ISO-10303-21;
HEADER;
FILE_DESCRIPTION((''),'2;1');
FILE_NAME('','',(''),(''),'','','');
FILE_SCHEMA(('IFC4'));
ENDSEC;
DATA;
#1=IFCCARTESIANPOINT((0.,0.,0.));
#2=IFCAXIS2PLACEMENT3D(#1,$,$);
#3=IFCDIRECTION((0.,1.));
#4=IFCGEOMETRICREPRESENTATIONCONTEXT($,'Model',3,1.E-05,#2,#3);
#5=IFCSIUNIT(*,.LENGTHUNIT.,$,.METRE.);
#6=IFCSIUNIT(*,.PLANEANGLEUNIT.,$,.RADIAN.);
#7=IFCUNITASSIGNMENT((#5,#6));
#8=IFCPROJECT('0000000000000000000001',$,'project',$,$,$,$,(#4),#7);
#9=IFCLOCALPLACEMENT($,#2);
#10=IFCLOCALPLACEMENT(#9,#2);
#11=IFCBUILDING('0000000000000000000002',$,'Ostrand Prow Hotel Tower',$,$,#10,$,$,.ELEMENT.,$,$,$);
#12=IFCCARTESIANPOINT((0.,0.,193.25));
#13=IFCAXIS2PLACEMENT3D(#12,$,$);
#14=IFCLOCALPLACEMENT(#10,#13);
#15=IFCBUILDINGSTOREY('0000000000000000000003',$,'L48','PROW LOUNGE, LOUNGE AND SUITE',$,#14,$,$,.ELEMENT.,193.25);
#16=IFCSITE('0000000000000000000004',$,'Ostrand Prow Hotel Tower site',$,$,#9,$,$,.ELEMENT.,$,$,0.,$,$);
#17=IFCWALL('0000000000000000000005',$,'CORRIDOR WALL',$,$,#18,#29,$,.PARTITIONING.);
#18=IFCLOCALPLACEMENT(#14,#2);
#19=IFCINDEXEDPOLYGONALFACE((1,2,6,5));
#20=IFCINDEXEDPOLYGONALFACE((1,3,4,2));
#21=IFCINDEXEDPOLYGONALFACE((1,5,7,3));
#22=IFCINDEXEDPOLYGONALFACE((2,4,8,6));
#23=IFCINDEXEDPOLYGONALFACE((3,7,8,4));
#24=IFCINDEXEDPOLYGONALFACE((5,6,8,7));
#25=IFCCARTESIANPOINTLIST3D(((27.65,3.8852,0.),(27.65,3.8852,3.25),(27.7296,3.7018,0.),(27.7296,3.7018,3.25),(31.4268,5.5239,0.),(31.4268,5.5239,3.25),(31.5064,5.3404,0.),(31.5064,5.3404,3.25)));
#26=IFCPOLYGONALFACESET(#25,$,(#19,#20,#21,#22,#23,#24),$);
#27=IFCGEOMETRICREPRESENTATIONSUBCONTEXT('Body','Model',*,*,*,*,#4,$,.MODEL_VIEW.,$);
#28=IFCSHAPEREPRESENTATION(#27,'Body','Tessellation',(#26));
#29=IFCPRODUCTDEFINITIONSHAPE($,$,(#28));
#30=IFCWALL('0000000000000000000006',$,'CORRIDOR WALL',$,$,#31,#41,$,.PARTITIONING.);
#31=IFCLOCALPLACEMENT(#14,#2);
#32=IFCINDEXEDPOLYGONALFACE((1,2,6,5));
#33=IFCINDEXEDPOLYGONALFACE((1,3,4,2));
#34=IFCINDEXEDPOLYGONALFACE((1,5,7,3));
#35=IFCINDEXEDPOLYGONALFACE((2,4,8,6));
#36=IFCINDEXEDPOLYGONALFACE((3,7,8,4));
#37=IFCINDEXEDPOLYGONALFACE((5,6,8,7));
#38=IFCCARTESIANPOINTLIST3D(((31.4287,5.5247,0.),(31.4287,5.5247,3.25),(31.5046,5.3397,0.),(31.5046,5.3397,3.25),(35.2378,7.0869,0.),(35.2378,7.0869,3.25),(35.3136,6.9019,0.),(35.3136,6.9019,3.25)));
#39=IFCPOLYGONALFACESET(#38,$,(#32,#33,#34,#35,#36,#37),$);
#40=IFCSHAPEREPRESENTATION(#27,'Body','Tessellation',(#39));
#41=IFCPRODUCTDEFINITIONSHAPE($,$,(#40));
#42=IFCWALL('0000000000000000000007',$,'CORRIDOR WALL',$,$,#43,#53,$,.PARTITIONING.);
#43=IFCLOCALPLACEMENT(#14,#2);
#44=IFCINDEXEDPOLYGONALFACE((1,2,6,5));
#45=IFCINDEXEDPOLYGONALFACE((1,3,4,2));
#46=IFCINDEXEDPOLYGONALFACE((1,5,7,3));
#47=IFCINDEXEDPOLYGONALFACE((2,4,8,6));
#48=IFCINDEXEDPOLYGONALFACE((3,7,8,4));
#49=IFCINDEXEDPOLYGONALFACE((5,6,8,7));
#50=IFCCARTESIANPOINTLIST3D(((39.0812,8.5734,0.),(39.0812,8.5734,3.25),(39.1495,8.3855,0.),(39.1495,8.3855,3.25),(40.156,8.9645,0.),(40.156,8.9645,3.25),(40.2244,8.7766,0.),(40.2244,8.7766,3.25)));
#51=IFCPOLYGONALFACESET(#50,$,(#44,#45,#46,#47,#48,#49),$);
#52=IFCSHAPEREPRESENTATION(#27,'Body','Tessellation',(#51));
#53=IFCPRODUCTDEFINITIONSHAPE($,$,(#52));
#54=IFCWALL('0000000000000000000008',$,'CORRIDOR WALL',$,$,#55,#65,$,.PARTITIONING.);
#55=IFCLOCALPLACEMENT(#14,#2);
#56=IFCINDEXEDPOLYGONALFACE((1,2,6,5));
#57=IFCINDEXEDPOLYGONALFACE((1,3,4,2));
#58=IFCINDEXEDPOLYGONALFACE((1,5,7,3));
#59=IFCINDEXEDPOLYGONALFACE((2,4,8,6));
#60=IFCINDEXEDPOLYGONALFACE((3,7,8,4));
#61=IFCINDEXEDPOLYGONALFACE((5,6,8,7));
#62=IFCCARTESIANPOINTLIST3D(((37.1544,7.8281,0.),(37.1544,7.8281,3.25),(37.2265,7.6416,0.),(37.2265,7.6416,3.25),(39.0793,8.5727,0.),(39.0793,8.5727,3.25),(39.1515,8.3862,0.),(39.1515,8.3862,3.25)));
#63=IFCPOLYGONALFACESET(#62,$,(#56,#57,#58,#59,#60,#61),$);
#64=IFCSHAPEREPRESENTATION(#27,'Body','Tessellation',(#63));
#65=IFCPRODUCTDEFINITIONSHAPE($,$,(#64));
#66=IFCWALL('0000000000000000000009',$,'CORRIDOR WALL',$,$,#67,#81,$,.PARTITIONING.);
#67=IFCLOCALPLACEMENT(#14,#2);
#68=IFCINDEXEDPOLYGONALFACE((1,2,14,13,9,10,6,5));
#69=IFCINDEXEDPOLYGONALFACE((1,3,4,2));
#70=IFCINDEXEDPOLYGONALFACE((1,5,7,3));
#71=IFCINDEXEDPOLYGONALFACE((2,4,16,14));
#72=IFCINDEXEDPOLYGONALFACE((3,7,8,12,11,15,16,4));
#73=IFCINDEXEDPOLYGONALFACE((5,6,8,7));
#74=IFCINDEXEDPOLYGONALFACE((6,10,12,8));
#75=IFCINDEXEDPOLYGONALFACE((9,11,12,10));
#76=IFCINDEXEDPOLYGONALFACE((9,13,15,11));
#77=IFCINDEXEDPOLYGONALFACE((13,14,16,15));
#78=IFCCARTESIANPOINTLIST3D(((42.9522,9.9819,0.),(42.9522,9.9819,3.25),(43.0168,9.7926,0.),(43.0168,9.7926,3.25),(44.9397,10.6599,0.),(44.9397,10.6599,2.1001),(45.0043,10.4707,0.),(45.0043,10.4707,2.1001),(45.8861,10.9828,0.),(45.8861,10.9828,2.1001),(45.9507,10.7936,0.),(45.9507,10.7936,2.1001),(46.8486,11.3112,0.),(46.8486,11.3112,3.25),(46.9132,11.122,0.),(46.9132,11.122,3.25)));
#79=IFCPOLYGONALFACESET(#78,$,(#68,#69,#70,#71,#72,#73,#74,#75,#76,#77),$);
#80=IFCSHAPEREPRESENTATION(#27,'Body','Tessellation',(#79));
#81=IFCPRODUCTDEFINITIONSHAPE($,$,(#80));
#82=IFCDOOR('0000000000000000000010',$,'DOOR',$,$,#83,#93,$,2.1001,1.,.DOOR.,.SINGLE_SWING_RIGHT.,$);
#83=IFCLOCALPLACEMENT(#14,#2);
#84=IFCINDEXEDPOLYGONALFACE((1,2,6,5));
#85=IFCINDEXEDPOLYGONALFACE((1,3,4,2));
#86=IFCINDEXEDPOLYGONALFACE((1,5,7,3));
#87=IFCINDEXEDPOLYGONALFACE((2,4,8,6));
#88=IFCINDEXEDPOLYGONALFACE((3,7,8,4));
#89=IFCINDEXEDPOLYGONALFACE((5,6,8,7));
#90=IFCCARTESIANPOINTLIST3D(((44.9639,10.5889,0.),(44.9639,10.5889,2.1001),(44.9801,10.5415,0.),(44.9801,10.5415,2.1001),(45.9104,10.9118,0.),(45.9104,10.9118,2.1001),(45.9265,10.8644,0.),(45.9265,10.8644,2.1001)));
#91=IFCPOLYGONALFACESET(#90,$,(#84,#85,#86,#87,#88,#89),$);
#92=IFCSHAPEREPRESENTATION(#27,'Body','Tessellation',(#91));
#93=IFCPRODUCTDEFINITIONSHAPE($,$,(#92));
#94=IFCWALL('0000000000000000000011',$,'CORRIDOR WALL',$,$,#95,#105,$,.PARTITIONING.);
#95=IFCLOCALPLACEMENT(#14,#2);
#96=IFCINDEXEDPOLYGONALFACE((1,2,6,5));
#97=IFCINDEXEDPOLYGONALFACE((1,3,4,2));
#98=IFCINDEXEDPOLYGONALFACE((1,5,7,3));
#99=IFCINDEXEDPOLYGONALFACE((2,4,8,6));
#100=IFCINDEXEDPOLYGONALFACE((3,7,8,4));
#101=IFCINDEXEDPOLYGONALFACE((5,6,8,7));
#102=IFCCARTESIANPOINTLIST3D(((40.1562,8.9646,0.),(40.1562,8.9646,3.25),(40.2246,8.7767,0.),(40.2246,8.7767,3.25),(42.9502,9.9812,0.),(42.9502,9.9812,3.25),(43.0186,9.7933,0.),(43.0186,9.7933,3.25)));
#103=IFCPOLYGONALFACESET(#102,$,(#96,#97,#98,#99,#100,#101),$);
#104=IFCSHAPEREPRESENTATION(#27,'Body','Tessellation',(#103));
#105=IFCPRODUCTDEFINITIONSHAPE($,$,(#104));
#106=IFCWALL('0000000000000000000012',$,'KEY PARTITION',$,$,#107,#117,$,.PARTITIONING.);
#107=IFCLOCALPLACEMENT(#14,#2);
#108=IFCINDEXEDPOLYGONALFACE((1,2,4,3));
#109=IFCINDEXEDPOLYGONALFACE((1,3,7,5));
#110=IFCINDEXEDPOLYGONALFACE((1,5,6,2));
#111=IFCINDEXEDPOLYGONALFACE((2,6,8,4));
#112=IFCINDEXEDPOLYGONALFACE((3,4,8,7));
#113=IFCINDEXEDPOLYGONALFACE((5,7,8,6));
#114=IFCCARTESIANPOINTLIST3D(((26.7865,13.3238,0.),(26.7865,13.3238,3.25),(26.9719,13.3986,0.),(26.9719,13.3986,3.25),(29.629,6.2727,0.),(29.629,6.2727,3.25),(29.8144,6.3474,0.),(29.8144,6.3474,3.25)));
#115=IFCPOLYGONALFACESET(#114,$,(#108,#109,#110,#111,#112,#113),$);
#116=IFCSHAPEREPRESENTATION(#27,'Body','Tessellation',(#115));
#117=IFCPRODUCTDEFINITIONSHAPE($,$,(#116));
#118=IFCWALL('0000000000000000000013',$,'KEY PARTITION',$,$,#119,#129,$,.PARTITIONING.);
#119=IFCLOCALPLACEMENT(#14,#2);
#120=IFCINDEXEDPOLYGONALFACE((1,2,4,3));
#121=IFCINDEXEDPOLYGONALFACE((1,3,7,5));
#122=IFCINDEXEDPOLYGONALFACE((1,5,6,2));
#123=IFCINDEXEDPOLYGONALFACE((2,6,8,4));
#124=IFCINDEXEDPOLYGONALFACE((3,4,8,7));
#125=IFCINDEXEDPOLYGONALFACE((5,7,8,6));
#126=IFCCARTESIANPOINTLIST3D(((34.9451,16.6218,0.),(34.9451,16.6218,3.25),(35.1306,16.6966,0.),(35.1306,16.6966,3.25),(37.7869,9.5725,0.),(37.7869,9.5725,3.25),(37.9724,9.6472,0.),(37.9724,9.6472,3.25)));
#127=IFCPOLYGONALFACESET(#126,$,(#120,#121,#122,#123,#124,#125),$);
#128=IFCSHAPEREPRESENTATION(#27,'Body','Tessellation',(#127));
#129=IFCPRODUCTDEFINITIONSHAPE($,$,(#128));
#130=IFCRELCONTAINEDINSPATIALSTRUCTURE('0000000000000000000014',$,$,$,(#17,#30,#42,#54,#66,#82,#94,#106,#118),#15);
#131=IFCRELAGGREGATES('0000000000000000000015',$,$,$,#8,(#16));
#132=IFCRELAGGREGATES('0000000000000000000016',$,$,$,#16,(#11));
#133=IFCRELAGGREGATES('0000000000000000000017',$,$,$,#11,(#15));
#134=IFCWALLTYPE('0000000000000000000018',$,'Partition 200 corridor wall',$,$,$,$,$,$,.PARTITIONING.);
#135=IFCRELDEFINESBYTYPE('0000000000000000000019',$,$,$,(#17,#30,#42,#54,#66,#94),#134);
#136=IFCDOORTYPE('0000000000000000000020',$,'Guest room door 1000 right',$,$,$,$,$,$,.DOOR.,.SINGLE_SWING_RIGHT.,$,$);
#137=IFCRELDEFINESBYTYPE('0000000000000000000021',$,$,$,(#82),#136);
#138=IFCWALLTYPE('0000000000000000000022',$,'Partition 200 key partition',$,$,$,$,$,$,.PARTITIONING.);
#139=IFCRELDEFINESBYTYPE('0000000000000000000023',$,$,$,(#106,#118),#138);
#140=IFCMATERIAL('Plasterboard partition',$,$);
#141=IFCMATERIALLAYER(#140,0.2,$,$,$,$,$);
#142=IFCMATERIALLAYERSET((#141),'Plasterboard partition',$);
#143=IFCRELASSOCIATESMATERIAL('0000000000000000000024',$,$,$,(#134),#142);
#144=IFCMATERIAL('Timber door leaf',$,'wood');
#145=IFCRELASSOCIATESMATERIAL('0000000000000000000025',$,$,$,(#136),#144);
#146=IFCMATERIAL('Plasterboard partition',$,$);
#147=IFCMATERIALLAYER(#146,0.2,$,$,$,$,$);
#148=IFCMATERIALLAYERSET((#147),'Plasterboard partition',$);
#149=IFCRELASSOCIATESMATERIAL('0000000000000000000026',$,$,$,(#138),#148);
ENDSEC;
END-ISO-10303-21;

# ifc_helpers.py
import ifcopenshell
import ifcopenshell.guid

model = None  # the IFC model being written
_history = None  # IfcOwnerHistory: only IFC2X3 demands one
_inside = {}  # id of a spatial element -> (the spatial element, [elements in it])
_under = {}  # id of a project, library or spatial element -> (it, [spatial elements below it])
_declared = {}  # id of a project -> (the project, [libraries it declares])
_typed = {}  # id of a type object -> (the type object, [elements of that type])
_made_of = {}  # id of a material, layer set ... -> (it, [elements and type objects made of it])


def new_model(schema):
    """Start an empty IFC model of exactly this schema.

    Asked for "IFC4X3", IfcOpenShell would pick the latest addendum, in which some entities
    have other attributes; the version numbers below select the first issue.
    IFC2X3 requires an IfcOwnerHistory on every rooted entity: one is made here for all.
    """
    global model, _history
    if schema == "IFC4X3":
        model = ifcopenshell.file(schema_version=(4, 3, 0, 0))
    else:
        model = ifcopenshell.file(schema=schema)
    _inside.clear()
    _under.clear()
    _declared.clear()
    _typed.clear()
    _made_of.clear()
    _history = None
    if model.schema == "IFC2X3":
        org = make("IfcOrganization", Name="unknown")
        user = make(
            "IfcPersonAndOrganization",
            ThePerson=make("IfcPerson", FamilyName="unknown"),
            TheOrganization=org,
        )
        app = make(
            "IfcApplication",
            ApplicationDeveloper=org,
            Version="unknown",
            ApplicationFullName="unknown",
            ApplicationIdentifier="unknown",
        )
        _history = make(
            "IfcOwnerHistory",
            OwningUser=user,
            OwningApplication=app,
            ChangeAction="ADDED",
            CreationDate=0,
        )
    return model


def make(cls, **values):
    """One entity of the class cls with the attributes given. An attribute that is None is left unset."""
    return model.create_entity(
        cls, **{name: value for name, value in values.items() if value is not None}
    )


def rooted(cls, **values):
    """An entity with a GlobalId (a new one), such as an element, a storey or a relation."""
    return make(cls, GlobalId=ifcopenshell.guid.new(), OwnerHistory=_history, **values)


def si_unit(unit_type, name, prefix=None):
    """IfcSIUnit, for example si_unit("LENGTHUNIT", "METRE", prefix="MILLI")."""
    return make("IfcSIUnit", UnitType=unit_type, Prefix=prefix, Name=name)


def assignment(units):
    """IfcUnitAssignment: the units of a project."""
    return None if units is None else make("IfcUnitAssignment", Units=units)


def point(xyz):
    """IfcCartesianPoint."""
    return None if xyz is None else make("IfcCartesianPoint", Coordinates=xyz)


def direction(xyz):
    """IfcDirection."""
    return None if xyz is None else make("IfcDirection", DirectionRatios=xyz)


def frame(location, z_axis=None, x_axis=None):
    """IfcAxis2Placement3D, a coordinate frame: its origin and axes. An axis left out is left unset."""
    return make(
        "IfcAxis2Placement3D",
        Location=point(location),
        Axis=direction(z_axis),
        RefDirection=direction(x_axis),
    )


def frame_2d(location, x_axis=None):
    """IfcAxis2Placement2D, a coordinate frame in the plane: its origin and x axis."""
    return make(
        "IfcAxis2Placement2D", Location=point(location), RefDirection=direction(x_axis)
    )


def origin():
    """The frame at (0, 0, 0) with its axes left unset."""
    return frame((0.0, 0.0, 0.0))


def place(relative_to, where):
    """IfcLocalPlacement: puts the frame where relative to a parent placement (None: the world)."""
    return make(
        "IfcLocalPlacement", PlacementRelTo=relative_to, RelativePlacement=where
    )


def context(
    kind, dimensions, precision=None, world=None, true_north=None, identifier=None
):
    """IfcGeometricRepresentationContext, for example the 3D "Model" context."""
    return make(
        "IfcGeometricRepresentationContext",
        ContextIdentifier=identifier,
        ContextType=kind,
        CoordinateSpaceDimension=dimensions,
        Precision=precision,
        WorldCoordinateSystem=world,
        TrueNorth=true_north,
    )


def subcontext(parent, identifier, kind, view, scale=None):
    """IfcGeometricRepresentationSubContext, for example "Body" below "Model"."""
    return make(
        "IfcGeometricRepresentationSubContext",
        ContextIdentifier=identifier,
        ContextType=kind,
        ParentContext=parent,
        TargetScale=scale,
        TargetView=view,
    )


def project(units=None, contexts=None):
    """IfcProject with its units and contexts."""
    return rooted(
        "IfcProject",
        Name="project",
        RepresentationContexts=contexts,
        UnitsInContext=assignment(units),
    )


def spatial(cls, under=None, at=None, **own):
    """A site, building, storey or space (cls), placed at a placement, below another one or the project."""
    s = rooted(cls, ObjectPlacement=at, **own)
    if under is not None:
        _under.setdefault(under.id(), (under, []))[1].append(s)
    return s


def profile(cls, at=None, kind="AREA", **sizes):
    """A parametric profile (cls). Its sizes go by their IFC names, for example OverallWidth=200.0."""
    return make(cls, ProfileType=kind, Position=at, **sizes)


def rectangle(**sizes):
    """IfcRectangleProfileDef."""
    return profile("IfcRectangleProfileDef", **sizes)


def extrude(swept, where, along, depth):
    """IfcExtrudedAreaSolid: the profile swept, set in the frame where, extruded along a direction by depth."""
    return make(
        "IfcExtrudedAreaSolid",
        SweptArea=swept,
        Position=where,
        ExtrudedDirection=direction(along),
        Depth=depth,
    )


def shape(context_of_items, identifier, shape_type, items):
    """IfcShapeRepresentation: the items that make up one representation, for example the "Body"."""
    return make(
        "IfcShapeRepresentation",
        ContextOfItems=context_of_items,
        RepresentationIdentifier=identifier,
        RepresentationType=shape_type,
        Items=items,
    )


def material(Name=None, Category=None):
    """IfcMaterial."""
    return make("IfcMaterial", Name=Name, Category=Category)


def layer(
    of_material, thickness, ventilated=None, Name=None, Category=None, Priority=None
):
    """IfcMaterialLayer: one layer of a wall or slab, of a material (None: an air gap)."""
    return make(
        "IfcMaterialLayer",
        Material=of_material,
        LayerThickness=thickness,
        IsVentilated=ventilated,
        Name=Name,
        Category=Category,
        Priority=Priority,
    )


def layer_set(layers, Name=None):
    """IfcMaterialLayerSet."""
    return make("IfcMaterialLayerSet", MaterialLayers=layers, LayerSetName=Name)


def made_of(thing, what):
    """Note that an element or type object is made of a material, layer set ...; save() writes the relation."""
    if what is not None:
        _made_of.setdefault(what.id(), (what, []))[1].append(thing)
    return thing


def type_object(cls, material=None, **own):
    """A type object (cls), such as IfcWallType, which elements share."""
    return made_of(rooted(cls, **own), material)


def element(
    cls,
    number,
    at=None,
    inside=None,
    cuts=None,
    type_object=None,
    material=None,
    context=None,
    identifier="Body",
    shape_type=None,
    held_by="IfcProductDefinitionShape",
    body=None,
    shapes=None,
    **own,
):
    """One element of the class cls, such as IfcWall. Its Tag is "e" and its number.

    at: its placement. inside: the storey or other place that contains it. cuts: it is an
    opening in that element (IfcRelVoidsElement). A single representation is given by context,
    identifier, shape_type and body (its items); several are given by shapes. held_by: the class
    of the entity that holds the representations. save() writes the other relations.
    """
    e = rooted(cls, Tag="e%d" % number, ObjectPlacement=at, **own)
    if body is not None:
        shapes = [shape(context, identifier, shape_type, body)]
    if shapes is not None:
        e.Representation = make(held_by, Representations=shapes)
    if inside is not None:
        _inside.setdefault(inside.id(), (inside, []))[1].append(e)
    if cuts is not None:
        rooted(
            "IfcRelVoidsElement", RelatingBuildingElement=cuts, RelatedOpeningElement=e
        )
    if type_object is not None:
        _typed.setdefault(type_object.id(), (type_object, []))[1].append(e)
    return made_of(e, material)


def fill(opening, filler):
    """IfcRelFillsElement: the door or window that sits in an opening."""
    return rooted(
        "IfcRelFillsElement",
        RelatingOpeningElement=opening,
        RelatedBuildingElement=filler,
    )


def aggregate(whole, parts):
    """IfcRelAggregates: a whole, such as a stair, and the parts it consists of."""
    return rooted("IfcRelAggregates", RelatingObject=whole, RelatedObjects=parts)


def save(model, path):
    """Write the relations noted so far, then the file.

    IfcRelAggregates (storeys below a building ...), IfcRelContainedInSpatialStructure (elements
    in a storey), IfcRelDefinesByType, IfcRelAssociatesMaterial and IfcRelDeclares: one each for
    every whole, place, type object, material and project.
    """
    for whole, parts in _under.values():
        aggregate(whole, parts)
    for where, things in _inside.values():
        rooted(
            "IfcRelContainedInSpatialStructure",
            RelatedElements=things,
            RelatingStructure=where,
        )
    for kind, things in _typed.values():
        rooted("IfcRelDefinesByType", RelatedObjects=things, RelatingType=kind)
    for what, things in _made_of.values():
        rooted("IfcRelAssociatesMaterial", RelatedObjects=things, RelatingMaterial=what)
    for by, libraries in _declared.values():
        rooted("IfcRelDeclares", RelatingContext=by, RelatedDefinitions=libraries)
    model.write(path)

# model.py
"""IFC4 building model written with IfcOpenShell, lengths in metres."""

from ifc_helpers import new_model, si_unit, direction, frame, frame_2d, origin, place, context, subcontext, project, spatial, rectangle, extrude, material, layer, layer_set, type_object, element, fill, save


model = new_model("IFC4")

# Units and contexts
model_context = context("Model", 3, precision=1e-05, world=origin(), true_north=direction((0.0, 1.0)))
body_context = subcontext(model_context, "Body", "Model", "MODEL_VIEW")
ifc_project = project(units=[si_unit("LENGTHUNIT", "METRE"), si_unit("PLANEANGLEUNIT", "RADIAN")], contexts=[model_context])

# Site, building, storey
site_placement = place(None, origin())
site = spatial("IfcSite", under=ifc_project, at=site_placement, Name="Ostrand Prow Hotel Tower site", CompositionType="ELEMENT", RefElevation=0.0)
building_placement = place(site_placement, origin())
building = spatial("IfcBuilding", under=site, at=building_placement, Name="Ostrand Prow Hotel Tower", CompositionType="ELEMENT")
storey_placement = place(building_placement, frame((0.0, 0.0, 193.25)))
storey = spatial("IfcBuildingStorey", under=building, at=storey_placement, Name="L48", Description="PROW LOUNGE, LOUNGE AND SUITE", CompositionType="ELEMENT", Elevation=193.25)

# Shared definitions
ifc_material_1 = material(Name="Plasterboard partition")
ifc_layer_1 = layer(ifc_material_1, 0.2)
ifc_layer_set_1 = layer_set([ifc_layer_1], Name="Plasterboard partition")
wall_type_1 = type_object("IfcWallType", Name="Partition 200 corridor wall", PredefinedType="PARTITIONING", material=ifc_layer_set_1)
ifc_material_2 = material(Name="Timber door leaf", Category="wood")
door_type_1 = type_object("IfcDoorType", Name="Guest room door 1000 right", OperationType="SINGLE_SWING_RIGHT", PredefinedType="DOOR", material=ifc_material_2)

# Walls
for number, where, z_axis, x_axis, name in (
    (1, (27.6897, 3.7935, 0.0), (0.0, 0.0, 1.0), (0.917375, 0.398023, 0.0), "CORRIDOR WALL"),
    (2, (31.4666, 5.4321, 0.0), (0.0, 0.0, 1.0), (0.925207, 0.379464, 0.0), "CORRIDOR WALL"),
):
    element("IfcWall", number, at=place(storey_placement, frame(where, z_axis=z_axis, x_axis=x_axis)), inside=storey, type_object=wall_type_1, Name=name, PredefinedType="PARTITIONING", context=body_context, shape_type="SweptSolid", body=[
        extrude(rectangle(XDim=4.1169, YDim=0.2, at=frame_2d((2.0586, 0.0))), origin(), (0.0, 0.0, 1.0), 3.25),
    ])
wall_1_placement = place(storey_placement, frame((39.1155, 8.4795, 0.0), z_axis=(0.0, 0.0, 1.0), x_axis=(0.939731, 0.341914, 0.0)))
element("IfcWall", 3, at=wall_1_placement, inside=storey, type_object=wall_type_1, Name="CORRIDOR WALL", PredefinedType="PARTITIONING", context=body_context, shape_type="SweptSolid", body=[
    extrude(rectangle(XDim=1.1438, YDim=0.2, at=frame_2d((0.5718, 0.0))), origin(), (0.0, 0.0, 1.0), 3.25),
])
wall_2_placement = place(storey_placement, frame((37.1904, 7.7349, 0.0), z_axis=(0.0, 0.0, 1.0), x_axis=(0.932658, 0.360762, 0.0)))
element("IfcWall", 4, at=wall_2_placement, inside=storey, type_object=wall_type_1, Name="CORRIDOR WALL", PredefinedType="PARTITIONING", context=body_context, shape_type="SweptSolid", body=[
    extrude(rectangle(XDim=2.064, YDim=0.2, at=frame_2d((1.032, 0.0))), origin(), (0.0, 0.0, 1.0), 3.25),
])

# Wall, opening, door
wall_3_placement = place(storey_placement, frame((42.9844, 9.8872, 0.0), z_axis=(0.0, 0.0, 1.0), x_axis=(0.946436, 0.322891, 0.0)))
wall_3 = element("IfcWall", 5, at=wall_3_placement, inside=storey, type_object=wall_type_1, Name="CORRIDOR WALL", PredefinedType="PARTITIONING", context=body_context, shape_type="SweptSolid", body=[
    extrude(rectangle(XDim=4.1169, YDim=0.2, at=frame_2d((2.0586, 0.0))), origin(), (0.0, 0.0, 1.0), 3.25),
])
opening_1_placement = place(wall_3_placement, frame((2.1001, 0.0, 0.0)))
opening_1 = element("IfcOpeningElement", 6, at=opening_1_placement, cuts=wall_3, PredefinedType="OPENING", context=body_context, shape_type="SweptSolid", body=[
    extrude(rectangle(XDim=1.0, YDim=2.1001, at=frame_2d((0.5, 1.05))), frame((0.0, 0.1099, 0.0), z_axis=(0.0, -1.0, 0.0), x_axis=(1.0, 0.0, 0.0)), (0.0, 0.0, 1.0), 0.22),
])
door_1_placement = place(opening_1_placement, origin())
door_1 = element("IfcDoor", 7, at=door_1_placement, inside=storey, type_object=door_type_1, Name="DOOR", OperationType="SINGLE_SWING_RIGHT", OverallHeight=2.1001, OverallWidth=1.0, PredefinedType="DOOR", context=body_context, shape_type="SweptSolid", body=[
    extrude(rectangle(XDim=1.0, YDim=2.1001, at=frame_2d((0.5, 1.05))), frame((0.0, 0.0249, 0.0), z_axis=(0.0, -1.0, 0.0), x_axis=(1.0, 0.0, 0.0)), (0.0, 0.0, 1.0), 0.05),
])
fill(opening_1, door_1)

# Walls
wall_4_placement = place(storey_placement, frame((40.1904, 8.8706, 0.0), z_axis=(0.0, 0.0, 1.0), x_axis=(0.939726, 0.341928, 0.0)))
element("IfcWall", 8, at=wall_4_placement, inside=storey, type_object=wall_type_1, Name="CORRIDOR WALL", PredefinedType="PARTITIONING", context=body_context, shape_type="SweptSolid", body=[
    extrude(rectangle(XDim=2.9731, YDim=0.2, at=frame_2d((1.4866, 0.0))), origin(), (0.0, 0.0, 1.0), 3.25),
])
ifc_material_3 = material(Name="Plasterboard partition")
ifc_layer_2 = layer(ifc_material_3, 0.2)
ifc_layer_set_2 = layer_set([ifc_layer_2], Name="Plasterboard partition")
wall_type_2 = type_object("IfcWallType", Name="Partition 200 key partition", PredefinedType="PARTITIONING", material=ifc_layer_set_2)
wall_5_placement = place(storey_placement, frame((29.7217, 6.3101, 0.0), z_axis=(0.0, 0.0, 1.0), x_axis=(-0.373886, 0.927475, 0.0)))
element("IfcWall", 9, at=wall_5_placement, inside=storey, type_object=wall_type_2, Name="KEY PARTITION", PredefinedType="PARTITIONING", context=body_context, shape_type="SweptSolid", body=[
    extrude(rectangle(XDim=7.6025, YDim=0.2, at=frame_2d((3.8013, 0.0))), origin(), (0.0, 0.0, 1.0), 3.25),
])
wall_6_placement = place(storey_placement, frame((37.8796, 9.6099, 0.0), z_axis=(0.0, 0.0, 1.0), x_axis=(-0.373893, 0.927472, 0.0)))
element("IfcWall", 10, at=wall_6_placement, inside=storey, type_object=wall_type_2, Name="KEY PARTITION", PredefinedType="PARTITIONING", context=body_context, shape_type="SweptSolid", body=[
    extrude(rectangle(XDim=7.6006, YDim=0.2, at=frame_2d((3.8003, 0.0))), origin(), (0.0, 0.0, 1.0), 3.25),
])

save(model, "model.ifc")
